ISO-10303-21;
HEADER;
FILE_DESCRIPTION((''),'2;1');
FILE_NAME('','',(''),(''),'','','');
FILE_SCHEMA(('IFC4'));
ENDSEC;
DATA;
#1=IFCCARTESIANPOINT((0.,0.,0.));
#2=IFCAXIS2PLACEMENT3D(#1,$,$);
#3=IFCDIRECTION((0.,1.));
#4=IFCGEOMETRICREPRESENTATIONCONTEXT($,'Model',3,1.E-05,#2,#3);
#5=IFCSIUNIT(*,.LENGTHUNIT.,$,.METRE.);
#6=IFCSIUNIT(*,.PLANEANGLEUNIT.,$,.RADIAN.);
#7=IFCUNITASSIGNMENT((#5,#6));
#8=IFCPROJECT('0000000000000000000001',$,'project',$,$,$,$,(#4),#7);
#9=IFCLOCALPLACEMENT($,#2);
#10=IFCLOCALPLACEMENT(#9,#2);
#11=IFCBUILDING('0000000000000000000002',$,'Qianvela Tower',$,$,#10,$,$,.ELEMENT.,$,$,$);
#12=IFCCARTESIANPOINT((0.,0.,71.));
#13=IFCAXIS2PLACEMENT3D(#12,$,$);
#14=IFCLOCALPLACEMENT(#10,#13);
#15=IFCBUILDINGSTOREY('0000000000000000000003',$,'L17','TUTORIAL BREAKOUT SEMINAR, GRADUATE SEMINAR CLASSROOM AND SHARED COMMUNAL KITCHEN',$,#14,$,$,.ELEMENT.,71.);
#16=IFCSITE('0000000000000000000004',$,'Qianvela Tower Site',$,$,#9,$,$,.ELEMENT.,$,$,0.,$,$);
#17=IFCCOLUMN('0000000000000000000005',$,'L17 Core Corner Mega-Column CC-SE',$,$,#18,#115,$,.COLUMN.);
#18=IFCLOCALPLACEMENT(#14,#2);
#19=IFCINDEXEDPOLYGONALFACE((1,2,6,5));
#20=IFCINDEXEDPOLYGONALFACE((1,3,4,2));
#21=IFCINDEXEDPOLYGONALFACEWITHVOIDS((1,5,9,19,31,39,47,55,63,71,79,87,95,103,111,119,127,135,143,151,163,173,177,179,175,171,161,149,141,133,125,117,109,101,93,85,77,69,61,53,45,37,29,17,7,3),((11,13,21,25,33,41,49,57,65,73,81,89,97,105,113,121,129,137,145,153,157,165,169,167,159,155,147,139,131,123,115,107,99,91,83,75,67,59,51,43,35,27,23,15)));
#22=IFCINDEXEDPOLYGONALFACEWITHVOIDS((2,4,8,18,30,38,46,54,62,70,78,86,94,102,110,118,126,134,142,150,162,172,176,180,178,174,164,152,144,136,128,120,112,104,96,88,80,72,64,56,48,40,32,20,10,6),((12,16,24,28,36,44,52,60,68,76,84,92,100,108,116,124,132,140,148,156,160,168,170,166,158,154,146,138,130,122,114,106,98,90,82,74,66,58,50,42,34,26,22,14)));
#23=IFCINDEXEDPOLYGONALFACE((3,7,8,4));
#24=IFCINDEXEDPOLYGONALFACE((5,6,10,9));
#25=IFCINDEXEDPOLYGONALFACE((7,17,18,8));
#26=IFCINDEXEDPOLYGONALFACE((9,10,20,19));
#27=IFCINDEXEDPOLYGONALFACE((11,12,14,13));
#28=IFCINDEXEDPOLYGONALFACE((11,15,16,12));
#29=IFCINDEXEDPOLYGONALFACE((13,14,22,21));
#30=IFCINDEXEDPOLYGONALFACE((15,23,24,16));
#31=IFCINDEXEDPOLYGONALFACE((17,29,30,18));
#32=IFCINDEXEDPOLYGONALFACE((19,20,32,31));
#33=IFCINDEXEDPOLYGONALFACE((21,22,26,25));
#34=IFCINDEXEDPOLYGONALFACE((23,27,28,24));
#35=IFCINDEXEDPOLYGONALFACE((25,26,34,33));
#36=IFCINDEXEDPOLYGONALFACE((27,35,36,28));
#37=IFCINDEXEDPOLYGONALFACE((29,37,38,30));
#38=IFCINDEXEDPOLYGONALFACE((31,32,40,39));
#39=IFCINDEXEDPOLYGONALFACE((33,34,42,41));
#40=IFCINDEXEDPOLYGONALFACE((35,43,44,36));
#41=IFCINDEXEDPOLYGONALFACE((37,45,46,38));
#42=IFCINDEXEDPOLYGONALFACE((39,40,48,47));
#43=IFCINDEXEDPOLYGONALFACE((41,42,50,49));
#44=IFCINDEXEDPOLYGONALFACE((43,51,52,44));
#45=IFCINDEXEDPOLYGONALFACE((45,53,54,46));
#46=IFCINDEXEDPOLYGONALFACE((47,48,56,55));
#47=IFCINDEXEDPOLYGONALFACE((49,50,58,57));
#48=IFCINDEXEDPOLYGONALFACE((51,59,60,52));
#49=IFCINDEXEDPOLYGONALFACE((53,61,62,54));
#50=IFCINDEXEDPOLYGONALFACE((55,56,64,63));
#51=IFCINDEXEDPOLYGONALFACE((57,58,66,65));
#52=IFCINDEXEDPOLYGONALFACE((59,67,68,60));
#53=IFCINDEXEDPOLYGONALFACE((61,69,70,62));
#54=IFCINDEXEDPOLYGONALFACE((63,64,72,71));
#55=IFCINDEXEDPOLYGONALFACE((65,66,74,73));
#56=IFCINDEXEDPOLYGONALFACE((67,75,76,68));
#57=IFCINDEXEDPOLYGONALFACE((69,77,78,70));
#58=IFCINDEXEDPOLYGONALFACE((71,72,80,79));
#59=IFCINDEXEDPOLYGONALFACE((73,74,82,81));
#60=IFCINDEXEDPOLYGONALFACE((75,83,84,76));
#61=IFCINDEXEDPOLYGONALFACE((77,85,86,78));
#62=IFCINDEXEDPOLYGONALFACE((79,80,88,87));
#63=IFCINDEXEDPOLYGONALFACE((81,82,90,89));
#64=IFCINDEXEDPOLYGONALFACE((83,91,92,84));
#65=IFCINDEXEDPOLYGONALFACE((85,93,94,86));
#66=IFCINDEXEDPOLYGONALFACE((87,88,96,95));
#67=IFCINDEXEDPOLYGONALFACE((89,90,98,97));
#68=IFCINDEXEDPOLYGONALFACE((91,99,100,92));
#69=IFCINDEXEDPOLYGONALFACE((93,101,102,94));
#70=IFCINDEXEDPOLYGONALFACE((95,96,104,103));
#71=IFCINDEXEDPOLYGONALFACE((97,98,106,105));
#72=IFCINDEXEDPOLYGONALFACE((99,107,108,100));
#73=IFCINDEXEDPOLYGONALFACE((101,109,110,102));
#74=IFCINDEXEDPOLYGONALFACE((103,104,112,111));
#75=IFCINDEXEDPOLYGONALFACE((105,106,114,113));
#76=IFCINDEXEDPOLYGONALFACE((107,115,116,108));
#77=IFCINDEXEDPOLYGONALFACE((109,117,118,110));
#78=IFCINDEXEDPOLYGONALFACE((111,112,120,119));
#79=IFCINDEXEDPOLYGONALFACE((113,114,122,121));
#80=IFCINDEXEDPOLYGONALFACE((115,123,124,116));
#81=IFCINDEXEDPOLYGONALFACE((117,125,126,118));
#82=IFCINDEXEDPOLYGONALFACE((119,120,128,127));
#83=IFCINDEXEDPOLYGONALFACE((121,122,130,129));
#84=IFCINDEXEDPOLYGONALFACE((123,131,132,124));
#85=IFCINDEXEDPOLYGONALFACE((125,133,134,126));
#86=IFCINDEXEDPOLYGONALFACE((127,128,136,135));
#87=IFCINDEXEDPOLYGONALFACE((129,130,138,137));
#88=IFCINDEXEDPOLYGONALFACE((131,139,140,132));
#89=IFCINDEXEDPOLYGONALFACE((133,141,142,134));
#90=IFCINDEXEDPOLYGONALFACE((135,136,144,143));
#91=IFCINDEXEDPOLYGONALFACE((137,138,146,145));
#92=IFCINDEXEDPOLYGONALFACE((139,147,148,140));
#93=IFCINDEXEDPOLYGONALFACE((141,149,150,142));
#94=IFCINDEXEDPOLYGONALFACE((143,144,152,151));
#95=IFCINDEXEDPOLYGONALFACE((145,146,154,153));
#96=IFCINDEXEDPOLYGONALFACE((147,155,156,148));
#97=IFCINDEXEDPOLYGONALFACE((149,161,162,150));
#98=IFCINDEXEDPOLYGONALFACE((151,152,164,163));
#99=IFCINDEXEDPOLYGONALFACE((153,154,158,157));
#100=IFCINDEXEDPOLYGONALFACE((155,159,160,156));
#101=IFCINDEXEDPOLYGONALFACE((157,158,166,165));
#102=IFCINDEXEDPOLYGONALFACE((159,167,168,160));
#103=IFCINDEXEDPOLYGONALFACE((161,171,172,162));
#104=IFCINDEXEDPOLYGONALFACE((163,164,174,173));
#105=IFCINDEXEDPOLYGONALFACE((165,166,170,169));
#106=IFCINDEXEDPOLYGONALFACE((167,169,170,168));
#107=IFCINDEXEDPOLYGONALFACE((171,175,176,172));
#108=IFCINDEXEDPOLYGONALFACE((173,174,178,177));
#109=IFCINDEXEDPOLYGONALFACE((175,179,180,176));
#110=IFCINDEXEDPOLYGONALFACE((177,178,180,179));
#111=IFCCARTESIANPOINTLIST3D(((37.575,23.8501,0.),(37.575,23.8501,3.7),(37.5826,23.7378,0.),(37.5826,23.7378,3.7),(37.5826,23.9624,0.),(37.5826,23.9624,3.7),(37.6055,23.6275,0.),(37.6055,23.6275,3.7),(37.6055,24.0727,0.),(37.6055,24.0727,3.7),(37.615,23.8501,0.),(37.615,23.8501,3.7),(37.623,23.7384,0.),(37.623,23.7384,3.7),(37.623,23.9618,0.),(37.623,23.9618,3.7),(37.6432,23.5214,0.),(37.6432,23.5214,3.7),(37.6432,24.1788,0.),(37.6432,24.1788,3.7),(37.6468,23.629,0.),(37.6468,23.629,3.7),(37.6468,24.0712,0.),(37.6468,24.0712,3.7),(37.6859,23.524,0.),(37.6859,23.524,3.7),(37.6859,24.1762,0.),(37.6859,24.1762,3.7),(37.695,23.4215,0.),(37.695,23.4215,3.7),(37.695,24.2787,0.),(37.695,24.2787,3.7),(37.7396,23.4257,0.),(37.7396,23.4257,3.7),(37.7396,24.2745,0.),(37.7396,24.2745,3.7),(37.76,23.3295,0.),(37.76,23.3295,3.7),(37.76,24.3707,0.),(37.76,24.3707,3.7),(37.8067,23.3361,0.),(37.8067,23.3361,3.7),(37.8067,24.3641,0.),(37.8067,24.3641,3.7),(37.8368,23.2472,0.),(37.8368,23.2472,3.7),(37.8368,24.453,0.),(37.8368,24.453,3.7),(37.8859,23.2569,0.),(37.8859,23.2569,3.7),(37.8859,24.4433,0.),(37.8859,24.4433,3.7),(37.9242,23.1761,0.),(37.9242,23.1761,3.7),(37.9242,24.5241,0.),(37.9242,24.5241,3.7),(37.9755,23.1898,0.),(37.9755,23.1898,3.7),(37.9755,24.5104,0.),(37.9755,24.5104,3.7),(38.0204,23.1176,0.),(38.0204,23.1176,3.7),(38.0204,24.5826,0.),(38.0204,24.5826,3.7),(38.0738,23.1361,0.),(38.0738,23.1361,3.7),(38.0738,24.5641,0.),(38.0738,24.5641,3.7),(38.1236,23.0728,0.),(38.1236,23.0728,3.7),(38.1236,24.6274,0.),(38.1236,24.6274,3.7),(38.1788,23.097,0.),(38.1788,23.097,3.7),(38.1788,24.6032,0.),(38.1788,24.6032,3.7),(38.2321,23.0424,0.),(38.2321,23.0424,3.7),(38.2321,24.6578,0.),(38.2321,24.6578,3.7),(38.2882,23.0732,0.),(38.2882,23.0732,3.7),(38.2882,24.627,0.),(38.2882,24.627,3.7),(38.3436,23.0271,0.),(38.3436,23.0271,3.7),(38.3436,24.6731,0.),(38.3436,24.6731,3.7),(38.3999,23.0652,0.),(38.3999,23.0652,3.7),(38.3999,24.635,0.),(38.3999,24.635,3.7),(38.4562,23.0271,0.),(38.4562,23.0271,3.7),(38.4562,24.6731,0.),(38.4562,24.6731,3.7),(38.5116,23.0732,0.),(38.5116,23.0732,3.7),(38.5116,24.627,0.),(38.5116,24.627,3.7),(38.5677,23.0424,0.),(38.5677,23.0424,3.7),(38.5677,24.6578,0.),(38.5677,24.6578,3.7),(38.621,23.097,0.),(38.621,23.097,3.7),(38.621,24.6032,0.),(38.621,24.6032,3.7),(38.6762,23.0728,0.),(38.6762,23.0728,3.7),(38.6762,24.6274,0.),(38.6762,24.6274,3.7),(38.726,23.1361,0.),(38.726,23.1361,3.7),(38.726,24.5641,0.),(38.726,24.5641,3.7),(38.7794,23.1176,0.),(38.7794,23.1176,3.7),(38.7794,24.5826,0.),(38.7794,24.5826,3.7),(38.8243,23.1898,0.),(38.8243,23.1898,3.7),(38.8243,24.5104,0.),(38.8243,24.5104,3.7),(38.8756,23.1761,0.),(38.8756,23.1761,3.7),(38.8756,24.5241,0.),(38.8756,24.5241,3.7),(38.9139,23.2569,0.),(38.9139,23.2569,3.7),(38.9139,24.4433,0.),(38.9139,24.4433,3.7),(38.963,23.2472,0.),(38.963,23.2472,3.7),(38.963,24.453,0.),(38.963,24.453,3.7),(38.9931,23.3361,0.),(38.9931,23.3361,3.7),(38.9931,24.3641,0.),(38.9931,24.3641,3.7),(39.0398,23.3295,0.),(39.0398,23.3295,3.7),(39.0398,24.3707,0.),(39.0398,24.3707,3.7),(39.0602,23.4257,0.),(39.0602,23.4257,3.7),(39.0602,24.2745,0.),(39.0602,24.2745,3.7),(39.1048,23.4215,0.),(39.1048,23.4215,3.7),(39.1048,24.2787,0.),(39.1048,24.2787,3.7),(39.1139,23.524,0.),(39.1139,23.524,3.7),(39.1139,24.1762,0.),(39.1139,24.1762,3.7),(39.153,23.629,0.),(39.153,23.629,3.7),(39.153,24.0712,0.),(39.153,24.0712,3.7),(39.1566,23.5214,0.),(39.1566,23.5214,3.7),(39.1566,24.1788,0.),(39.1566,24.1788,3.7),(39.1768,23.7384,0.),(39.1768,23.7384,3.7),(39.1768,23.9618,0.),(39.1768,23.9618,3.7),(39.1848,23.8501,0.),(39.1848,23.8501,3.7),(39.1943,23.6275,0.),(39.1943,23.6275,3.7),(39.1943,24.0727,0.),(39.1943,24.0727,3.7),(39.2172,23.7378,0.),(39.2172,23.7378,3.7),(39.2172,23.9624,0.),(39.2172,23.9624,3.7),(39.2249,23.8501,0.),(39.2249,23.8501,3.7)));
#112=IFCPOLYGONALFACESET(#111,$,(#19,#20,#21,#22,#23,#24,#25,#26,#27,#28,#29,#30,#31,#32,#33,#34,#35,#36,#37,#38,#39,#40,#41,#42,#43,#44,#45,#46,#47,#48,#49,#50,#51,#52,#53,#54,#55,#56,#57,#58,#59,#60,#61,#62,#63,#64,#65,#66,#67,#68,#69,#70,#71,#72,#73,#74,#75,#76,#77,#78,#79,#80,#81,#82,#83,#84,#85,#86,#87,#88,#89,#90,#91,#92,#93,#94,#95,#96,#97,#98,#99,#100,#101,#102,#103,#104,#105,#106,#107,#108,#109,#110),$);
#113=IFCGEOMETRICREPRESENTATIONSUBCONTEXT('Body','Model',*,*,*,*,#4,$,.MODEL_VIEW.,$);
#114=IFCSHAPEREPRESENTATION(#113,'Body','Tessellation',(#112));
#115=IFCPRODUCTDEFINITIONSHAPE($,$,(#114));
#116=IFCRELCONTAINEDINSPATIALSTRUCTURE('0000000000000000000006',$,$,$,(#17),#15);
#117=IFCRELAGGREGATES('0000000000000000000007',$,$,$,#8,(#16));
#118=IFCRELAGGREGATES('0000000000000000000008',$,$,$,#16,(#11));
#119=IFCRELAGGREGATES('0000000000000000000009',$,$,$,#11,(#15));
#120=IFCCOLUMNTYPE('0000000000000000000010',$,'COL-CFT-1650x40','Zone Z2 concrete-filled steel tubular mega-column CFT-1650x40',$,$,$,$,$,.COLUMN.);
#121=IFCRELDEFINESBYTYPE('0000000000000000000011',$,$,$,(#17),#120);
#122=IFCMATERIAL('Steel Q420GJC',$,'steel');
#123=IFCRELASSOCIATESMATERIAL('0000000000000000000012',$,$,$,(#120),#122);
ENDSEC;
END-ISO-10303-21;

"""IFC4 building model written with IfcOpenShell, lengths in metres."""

from ifc_helpers import new_model, si_unit, direction, frame, origin, origin_2d, place, context, subcontext, project, spatial, hollow_circle, extrude, material, material_profile, profile_set, type_object, element, save


model = new_model("IFC4")

# Units and contexts
model_context = context("Model", 3, precision=1e-05, world=origin(), true_north=direction((0.0, 1.0)))
body_context = subcontext(model_context, "Body", "Model", "MODEL_VIEW")
ifc_project = project(units=[si_unit("LENGTHUNIT", "METRE"), si_unit("PLANEANGLEUNIT", "RADIAN")], contexts=[model_context])

# Site, building, storey
site_placement = place(None, origin())
site = spatial("IfcSite", under=ifc_project, at=site_placement, Name="Qianvela Tower Site", CompositionType="ELEMENT", RefElevation=0.0)
building_placement = place(site_placement, origin())
building = spatial("IfcBuilding", under=site, at=building_placement, Name="Qianvela Tower", CompositionType="ELEMENT")
storey_placement = place(building_placement, frame((0.0, 0.0, 71.0)))
storey = spatial("IfcBuildingStorey", under=building, at=storey_placement, Name="L17", Description="TUTORIAL BREAKOUT SEMINAR, GRADUATE SEMINAR CLASSROOM AND SHARED COMMUNAL KITCHEN", CompositionType="ELEMENT", Elevation=71.0)

# Column
ifc_material_1 = material(Name="Steel Q420GJC", Category="steel")
ifc_material_profile_1 = material_profile(ifc_material_1, hollow_circle(Radius=0.825, WallThickness=0.04, at=origin_2d()), Name="CFT-1650x40")
ifc_profile_set_1 = profile_set([ifc_material_profile_1], Name="Steel Q420GJC")
column_type = type_object("IfcColumnType", Name="COL-CFT-1650x40", Description="Zone Z2 concrete-filled steel tubular mega-column CFT-1650x40", PredefinedType="COLUMN", material=ifc_profile_set_1)
for number, where, z_axis, x_axis, name in (
    (1, (38.3999, 23.8501, 0.0), (0.0, 0.0, 1.0), (1.0, 0.0, 0.0), "L17 Core Corner Mega-Column CC-SE"),
):
    element("IfcColumn", number, at=place(storey_placement, frame(where, z_axis=z_axis, x_axis=x_axis)), inside=storey, type_object=column_type, Name=name, PredefinedType="COLUMN", context=body_context, shape_type="SweptSolid", body=[
        extrude(hollow_circle(Radius=0.825, WallThickness=0.04, at=origin_2d()), origin(), (0.0, 0.0, 1.0), 3.7),
    ])

save(model, "model.ifc")
